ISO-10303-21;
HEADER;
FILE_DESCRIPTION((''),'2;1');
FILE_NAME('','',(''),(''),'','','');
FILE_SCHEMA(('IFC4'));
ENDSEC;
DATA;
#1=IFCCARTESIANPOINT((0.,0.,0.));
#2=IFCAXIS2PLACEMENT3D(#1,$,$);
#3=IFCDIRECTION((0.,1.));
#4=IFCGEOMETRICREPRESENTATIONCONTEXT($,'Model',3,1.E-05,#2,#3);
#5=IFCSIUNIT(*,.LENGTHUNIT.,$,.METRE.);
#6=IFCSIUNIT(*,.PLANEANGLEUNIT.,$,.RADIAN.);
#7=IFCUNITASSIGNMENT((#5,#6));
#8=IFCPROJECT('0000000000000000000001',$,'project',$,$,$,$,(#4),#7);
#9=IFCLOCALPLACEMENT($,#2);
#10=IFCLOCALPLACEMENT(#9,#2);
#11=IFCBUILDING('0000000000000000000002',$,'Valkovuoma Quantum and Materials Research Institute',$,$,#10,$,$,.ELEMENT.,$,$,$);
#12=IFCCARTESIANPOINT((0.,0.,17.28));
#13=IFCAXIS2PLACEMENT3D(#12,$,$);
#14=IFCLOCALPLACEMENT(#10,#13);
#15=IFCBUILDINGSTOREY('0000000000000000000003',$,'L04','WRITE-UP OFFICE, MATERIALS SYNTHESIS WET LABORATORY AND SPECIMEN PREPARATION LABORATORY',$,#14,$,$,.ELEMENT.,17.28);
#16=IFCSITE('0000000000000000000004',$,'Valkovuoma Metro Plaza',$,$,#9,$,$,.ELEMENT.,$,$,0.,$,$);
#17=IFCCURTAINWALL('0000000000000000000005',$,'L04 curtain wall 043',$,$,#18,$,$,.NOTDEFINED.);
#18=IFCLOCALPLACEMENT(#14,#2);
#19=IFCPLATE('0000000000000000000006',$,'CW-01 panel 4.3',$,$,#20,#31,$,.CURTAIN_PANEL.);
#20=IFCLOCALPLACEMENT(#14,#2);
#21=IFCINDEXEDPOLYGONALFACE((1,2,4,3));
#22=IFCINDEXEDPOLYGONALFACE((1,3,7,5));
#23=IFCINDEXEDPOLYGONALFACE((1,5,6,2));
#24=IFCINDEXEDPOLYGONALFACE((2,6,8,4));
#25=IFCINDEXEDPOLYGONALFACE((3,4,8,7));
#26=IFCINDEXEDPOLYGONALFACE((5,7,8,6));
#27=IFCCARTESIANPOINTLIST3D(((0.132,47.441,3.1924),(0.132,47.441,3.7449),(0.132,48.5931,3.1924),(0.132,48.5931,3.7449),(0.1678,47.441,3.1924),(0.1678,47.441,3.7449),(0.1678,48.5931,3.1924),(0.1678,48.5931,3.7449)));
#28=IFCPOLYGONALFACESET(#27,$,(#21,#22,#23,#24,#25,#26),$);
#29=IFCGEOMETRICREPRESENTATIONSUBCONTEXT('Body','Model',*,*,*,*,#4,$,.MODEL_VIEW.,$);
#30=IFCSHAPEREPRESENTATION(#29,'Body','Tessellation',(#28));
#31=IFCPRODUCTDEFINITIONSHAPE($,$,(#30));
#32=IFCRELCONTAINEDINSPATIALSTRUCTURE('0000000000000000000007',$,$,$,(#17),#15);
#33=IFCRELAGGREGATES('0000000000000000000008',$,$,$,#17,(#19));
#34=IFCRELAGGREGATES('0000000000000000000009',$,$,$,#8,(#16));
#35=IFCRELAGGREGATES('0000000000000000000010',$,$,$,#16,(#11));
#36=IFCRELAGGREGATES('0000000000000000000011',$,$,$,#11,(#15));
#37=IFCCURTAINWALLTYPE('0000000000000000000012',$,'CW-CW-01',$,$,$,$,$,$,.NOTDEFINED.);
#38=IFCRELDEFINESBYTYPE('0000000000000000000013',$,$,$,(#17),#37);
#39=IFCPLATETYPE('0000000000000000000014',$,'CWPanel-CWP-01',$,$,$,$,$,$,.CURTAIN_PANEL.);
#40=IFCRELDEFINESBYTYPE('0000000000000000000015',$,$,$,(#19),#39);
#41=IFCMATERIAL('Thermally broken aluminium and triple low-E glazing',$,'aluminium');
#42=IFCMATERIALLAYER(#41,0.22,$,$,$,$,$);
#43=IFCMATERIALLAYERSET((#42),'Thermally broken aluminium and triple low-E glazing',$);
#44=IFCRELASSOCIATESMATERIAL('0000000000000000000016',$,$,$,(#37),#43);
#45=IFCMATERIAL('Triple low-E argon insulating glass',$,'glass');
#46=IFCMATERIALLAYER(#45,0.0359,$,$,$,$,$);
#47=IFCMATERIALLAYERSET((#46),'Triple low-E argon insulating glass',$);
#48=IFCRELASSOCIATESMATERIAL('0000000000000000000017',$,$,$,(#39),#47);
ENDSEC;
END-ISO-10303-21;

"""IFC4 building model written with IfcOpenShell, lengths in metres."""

from ifc_helpers import new_model, si_unit, direction, frame, origin, origin_2d, place, context, subcontext, project, spatial, rectangle, extrude, material, layer, layer_set, type_object, element, aggregate, save


model = new_model("IFC4")

# Units and contexts
model_context = context("Model", 3, precision=1e-05, world=origin(), true_north=direction((0.0, 1.0)))
body_context = subcontext(model_context, "Body", "Model", "MODEL_VIEW")
ifc_project = project(units=[si_unit("LENGTHUNIT", "METRE"), si_unit("PLANEANGLEUNIT", "RADIAN")], contexts=[model_context])

# Site, building, storey
site_placement = place(None, origin())
site = spatial("IfcSite", under=ifc_project, at=site_placement, Name="Valkovuoma Metro Plaza", CompositionType="ELEMENT", RefElevation=0.0)
building_placement = place(site_placement, origin())
building = spatial("IfcBuilding", under=site, at=building_placement, Name="Valkovuoma Quantum and Materials Research Institute", CompositionType="ELEMENT")
storey_placement = place(building_placement, frame((0.0, 0.0, 17.28)))
storey = spatial("IfcBuildingStorey", under=building, at=storey_placement, Name="L04", Description="WRITE-UP OFFICE, MATERIALS SYNTHESIS WET LABORATORY AND SPECIMEN PREPARATION LABORATORY", CompositionType="ELEMENT", Elevation=17.28)

# Curtain wall, plate
ifc_material_1 = material(Name="Thermally broken aluminium and triple low-E glazing", Category="aluminium")
ifc_layer_1 = layer(ifc_material_1, 0.22)
ifc_layer_set_1 = layer_set([ifc_layer_1], Name="Thermally broken aluminium and triple low-E glazing")
curtain_wall_type = type_object("IfcCurtainWallType", Name="CW-CW-01", PredefinedType="NOTDEFINED", material=ifc_layer_set_1)
curtain_wall_placement = place(storey_placement, origin())
curtain_wall = element("IfcCurtainWall", 1, at=curtain_wall_placement, inside=storey, type_object=curtain_wall_type, Name="L04 curtain wall 043", PredefinedType="NOTDEFINED")
ifc_material_2 = material(Name="Triple low-E argon insulating glass", Category="glass")
ifc_layer_2 = layer(ifc_material_2, 0.0359)
ifc_layer_set_2 = layer_set([ifc_layer_2], Name="Triple low-E argon insulating glass")
plate_type = type_object("IfcPlateType", Name="CWPanel-CWP-01", PredefinedType="CURTAIN_PANEL", material=ifc_layer_set_2)
plate_1_placement = place(storey_placement, frame((0.1499, 48.0171, 3.1924), z_axis=(0.0, 0.0, 1.0), x_axis=(0.0, 1.0, 0.0)))
plate_1 = element("IfcPlate", 2, at=plate_1_placement, type_object=plate_type, Name="CW-01 panel 4.3", PredefinedType="CURTAIN_PANEL", context=body_context, shape_type="SweptSolid", body=[
    extrude(rectangle(XDim=1.1521, YDim=0.0359, at=origin_2d()), origin(), (0.0, 0.0, 1.0), 0.5525),
])
aggregate(curtain_wall, [plate_1])

save(model, "model.ifc")
